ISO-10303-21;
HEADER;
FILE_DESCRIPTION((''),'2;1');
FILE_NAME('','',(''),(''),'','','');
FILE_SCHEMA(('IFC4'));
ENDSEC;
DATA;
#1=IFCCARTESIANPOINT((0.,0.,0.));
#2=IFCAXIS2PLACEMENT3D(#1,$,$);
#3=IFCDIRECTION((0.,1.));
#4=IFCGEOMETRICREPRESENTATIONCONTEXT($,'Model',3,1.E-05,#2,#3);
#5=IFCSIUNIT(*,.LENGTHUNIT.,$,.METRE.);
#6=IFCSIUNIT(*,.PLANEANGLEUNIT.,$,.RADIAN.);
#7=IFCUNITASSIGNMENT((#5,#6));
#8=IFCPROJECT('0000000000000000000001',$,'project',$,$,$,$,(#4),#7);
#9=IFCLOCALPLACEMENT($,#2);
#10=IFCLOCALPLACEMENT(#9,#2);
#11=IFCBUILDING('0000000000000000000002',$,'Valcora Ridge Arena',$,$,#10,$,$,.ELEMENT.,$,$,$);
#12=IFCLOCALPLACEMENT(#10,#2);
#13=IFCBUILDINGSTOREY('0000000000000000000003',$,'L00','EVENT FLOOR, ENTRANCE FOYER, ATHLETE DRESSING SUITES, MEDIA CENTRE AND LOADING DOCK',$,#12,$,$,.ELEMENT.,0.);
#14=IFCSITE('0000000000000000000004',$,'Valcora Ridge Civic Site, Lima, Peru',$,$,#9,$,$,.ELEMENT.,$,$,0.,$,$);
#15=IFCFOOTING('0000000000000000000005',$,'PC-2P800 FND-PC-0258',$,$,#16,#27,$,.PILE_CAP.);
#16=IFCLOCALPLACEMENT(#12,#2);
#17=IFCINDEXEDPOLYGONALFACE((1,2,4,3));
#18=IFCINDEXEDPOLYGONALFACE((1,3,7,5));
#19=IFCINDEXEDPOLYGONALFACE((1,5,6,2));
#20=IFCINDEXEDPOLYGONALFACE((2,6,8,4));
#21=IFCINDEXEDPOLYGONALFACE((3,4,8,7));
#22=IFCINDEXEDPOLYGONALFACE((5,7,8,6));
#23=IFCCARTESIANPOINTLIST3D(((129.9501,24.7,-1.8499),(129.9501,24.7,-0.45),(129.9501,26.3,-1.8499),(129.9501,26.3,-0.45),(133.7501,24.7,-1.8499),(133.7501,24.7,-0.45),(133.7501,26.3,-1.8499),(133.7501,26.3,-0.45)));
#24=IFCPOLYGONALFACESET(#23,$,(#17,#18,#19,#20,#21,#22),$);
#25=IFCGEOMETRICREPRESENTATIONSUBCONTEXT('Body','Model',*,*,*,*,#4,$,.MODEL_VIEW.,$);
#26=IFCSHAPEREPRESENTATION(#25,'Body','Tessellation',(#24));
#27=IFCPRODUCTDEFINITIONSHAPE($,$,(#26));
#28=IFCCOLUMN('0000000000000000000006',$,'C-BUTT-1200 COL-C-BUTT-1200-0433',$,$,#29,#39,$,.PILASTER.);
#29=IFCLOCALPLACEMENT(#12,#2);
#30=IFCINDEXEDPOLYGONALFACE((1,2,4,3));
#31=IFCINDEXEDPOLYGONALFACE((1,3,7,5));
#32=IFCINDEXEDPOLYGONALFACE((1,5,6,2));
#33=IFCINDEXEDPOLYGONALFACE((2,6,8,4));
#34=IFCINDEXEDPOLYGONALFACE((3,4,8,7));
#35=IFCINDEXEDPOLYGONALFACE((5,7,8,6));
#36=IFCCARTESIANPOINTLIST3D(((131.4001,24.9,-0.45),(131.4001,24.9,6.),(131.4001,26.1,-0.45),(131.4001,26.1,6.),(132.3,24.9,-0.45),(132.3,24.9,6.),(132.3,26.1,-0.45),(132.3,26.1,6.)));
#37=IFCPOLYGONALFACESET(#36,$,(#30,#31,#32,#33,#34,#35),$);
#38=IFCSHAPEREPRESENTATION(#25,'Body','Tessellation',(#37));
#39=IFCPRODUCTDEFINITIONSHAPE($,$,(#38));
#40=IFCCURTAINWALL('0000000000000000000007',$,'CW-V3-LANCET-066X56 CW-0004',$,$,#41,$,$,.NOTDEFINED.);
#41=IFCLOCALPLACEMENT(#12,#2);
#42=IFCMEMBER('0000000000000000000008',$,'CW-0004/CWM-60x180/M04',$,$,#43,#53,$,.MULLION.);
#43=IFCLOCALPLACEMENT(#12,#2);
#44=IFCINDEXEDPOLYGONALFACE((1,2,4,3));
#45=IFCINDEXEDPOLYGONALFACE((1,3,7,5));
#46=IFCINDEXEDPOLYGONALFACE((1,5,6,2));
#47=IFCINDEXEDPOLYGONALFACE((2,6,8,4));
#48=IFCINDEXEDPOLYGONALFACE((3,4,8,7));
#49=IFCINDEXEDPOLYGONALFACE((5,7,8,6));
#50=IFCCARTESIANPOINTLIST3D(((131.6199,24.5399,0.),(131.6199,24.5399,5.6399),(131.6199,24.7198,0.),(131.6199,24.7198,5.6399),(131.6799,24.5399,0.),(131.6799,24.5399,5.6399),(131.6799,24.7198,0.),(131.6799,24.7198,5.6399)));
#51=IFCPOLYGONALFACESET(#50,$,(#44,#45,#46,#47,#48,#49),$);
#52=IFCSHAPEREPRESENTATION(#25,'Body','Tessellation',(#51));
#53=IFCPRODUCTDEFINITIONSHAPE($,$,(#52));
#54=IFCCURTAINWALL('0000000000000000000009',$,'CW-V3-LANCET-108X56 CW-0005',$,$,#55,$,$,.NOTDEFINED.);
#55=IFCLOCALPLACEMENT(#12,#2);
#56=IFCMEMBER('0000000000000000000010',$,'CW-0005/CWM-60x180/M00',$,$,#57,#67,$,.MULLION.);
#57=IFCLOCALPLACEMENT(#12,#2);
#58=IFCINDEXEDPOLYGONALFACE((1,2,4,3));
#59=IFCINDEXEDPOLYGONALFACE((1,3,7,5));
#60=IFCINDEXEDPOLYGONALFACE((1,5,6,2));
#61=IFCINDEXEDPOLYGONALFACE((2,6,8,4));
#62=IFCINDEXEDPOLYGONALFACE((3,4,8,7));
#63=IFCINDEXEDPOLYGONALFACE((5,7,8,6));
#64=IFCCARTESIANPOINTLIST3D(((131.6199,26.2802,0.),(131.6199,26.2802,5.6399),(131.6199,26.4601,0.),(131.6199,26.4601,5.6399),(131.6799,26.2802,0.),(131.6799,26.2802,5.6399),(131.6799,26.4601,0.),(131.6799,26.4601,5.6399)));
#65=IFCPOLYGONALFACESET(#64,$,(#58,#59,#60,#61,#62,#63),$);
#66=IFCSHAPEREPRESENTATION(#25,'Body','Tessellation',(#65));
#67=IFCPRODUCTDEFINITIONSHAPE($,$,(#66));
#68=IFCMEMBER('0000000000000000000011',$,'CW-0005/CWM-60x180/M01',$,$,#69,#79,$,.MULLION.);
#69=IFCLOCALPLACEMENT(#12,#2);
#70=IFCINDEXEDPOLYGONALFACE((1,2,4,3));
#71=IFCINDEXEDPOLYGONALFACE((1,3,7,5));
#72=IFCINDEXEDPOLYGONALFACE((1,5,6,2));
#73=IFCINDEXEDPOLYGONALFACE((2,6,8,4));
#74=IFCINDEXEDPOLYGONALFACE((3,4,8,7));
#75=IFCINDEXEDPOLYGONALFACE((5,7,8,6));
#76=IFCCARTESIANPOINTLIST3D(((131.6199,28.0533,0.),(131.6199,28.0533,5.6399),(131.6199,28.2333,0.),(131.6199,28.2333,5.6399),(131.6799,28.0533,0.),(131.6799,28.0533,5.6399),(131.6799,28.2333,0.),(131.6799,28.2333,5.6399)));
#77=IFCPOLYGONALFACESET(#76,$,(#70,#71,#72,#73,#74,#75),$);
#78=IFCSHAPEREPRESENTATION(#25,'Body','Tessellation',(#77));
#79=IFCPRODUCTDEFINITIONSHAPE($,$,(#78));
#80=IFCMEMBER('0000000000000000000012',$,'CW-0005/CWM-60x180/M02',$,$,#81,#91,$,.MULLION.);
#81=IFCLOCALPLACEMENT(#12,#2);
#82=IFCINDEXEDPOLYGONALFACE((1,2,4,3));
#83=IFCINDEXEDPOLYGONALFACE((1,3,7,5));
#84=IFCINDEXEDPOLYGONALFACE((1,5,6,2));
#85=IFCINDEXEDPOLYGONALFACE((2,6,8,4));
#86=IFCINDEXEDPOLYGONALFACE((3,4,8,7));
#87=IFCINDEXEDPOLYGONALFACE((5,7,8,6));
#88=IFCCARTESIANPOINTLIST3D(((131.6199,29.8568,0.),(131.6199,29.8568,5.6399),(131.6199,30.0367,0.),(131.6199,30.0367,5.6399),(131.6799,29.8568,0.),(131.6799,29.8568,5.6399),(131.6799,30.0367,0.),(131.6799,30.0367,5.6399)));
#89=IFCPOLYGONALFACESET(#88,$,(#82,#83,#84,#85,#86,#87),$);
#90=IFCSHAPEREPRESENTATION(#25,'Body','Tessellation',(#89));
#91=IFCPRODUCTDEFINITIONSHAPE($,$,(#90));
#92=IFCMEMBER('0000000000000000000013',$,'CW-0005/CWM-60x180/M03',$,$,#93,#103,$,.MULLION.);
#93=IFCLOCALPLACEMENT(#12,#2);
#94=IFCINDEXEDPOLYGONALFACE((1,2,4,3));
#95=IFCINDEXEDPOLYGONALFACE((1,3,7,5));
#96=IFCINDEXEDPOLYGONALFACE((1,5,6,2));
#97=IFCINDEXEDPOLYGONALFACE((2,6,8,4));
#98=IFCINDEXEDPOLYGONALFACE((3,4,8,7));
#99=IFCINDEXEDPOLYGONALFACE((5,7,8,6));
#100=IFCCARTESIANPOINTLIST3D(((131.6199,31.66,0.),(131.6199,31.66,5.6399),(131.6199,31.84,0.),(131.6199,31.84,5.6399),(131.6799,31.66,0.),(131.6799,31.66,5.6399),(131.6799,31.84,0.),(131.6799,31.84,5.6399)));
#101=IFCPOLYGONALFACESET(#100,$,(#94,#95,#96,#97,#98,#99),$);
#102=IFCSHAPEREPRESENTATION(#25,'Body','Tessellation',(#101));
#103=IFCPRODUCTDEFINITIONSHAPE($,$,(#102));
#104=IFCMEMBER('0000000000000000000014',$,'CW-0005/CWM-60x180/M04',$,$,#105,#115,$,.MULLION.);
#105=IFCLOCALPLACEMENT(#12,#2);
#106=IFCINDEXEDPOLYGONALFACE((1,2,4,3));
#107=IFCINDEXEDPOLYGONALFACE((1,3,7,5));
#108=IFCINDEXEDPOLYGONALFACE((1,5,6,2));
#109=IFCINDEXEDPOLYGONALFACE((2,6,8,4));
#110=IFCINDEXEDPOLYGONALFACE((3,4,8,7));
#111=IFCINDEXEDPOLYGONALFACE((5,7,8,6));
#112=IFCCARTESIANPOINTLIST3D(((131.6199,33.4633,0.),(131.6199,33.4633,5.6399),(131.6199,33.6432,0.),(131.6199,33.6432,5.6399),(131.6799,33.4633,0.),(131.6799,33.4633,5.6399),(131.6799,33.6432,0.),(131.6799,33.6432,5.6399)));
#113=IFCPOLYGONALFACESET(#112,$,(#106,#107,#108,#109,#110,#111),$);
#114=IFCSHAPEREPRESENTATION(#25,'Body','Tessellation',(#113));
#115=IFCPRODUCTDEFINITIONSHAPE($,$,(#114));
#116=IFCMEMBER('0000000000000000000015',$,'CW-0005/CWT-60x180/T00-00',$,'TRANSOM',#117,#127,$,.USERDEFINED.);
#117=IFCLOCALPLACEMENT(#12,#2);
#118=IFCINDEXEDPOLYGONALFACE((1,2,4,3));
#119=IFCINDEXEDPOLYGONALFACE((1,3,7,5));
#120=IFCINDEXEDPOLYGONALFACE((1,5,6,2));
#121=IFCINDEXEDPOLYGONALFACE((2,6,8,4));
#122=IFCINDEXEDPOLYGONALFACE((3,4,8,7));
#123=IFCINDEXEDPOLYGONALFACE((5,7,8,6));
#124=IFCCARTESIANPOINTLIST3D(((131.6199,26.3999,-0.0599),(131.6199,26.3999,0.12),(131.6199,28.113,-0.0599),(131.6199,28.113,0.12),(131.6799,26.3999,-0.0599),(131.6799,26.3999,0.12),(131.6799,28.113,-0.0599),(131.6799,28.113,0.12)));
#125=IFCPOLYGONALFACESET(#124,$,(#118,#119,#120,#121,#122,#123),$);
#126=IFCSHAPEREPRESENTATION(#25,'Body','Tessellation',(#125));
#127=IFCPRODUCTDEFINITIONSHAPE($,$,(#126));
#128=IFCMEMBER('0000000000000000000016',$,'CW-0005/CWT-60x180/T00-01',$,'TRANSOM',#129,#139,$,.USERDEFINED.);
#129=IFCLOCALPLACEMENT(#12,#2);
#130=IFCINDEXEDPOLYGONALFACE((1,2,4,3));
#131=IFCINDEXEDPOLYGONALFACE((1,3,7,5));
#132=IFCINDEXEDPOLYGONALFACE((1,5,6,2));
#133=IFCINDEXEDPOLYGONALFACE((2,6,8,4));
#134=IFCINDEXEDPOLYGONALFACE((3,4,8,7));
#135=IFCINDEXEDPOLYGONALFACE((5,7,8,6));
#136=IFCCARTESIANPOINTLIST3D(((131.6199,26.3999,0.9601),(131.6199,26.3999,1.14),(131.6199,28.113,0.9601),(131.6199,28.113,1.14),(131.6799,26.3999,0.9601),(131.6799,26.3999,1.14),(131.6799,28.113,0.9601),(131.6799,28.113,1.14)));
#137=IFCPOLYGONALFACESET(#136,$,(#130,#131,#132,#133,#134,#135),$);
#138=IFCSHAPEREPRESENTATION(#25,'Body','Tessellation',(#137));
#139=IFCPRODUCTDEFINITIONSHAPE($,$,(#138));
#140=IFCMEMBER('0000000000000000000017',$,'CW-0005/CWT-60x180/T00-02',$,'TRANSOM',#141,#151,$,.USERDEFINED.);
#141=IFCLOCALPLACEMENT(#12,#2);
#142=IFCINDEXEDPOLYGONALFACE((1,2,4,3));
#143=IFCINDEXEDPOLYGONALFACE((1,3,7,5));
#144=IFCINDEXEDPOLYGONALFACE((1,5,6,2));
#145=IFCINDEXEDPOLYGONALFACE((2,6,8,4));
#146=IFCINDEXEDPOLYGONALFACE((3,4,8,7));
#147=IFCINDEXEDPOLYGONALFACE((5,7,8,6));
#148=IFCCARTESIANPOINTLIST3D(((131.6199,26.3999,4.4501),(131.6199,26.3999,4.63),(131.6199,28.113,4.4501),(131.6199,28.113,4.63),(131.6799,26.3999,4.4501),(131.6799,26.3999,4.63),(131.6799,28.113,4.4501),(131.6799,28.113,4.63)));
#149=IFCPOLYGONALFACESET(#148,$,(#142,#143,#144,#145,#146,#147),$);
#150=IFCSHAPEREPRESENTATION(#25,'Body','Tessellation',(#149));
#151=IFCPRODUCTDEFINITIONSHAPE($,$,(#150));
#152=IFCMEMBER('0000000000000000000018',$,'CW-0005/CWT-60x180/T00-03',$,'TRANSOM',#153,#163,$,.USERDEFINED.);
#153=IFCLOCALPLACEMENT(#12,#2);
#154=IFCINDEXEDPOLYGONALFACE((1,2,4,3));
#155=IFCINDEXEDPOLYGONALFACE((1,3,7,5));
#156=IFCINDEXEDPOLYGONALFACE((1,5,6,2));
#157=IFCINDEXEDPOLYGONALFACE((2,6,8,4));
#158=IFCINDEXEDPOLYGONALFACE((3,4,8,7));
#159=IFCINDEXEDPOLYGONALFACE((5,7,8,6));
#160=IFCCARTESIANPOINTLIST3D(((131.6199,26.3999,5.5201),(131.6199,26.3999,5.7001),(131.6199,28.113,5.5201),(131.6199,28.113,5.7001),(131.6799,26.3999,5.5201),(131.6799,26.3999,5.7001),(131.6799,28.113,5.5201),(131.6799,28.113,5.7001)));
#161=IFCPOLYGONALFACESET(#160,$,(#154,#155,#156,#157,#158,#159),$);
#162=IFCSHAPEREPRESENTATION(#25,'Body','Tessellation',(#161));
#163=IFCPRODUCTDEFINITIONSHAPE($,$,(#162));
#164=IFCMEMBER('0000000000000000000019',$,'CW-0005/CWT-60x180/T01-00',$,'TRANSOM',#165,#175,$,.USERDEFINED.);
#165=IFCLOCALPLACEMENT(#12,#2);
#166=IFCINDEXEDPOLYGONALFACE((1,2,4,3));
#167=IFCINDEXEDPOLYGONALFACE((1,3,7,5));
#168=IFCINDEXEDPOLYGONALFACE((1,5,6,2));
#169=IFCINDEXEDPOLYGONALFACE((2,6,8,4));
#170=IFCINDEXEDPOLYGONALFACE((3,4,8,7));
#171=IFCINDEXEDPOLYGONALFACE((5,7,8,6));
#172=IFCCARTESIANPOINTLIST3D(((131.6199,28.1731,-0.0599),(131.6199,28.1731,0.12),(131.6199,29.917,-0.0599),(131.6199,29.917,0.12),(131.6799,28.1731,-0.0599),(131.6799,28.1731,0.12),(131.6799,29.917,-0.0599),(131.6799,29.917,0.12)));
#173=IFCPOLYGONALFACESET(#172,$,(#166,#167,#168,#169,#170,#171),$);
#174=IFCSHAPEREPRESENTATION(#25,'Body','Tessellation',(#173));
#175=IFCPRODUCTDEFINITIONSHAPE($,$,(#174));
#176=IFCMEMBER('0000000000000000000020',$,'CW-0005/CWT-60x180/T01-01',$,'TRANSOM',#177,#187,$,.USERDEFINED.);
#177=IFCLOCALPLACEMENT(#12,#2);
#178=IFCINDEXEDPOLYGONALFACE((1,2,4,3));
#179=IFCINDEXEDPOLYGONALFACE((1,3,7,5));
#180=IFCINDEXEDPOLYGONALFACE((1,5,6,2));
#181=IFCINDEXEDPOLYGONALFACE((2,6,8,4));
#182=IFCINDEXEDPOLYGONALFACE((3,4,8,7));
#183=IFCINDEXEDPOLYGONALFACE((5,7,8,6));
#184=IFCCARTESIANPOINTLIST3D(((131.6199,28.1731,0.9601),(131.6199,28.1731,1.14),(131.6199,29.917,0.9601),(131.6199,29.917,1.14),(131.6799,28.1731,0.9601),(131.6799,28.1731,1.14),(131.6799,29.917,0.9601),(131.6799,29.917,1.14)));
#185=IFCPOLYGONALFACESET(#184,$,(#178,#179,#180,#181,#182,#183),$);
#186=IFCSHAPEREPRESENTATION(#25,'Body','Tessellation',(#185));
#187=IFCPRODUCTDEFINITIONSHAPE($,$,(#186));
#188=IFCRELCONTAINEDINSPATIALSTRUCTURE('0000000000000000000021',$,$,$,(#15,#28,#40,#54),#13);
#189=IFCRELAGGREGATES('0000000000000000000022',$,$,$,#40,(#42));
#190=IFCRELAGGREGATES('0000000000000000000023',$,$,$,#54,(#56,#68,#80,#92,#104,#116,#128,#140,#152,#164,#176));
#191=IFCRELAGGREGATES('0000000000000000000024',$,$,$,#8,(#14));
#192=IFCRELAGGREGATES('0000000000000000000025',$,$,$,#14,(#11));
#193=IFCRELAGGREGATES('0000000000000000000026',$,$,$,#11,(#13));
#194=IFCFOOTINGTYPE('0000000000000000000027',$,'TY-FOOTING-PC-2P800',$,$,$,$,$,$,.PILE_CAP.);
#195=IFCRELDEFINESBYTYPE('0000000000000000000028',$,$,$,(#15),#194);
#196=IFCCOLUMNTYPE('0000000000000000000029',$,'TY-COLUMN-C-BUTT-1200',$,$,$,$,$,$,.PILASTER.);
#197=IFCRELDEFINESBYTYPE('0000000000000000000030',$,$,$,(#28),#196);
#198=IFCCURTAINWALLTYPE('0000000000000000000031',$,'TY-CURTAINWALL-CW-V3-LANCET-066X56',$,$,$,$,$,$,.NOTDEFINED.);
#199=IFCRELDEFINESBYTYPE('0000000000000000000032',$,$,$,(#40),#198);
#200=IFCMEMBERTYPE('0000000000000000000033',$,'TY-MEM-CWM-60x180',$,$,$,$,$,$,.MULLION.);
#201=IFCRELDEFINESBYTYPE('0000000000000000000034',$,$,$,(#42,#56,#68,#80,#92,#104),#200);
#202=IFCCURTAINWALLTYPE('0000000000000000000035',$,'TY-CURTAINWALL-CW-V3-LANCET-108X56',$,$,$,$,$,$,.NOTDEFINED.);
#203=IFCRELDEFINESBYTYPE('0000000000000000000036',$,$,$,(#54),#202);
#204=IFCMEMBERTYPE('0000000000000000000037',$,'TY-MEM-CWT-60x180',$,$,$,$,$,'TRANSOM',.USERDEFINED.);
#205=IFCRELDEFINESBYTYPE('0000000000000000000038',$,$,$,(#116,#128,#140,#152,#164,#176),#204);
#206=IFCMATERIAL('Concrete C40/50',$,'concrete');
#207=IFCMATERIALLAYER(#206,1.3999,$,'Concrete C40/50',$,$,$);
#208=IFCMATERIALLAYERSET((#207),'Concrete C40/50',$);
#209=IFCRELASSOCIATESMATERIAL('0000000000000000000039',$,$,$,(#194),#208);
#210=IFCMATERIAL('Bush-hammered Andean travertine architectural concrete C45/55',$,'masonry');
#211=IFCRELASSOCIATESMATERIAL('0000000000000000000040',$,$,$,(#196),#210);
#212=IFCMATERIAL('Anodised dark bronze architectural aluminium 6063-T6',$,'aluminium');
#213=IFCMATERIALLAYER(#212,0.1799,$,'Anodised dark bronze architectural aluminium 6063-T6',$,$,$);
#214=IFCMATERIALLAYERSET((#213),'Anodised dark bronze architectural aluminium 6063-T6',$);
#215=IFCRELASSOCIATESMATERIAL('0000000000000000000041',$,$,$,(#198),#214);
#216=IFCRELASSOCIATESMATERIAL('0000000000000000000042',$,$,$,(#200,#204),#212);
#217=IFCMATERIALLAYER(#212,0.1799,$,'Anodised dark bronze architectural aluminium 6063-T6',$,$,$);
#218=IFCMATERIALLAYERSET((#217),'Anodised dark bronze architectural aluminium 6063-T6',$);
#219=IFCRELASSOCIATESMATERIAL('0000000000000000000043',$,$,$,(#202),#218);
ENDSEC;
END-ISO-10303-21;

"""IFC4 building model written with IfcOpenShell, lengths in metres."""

from ifc_helpers import new_model, si_unit, direction, frame, origin, origin_2d, place, context, subcontext, project, spatial, rectangle, extrude, material, layer, layer_set, material_profile, profile_set, type_object, element, aggregate, save


model = new_model("IFC4")

# Units and contexts
model_context = context("Model", 3, precision=1e-05, world=origin(), true_north=direction((0.0, 1.0)))
body_context = subcontext(model_context, "Body", "Model", "MODEL_VIEW")
ifc_project = project(units=[si_unit("LENGTHUNIT", "METRE"), si_unit("PLANEANGLEUNIT", "RADIAN")], contexts=[model_context])

# Site, building, storey
site_placement = place(None, origin())
site = spatial("IfcSite", under=ifc_project, at=site_placement, Name="Valcora Ridge Civic Site, Lima, Peru", CompositionType="ELEMENT", RefElevation=0.0)
building_placement = place(site_placement, origin())
building = spatial("IfcBuilding", under=site, at=building_placement, Name="Valcora Ridge Arena", CompositionType="ELEMENT")
storey_placement = place(building_placement, origin())
storey = spatial("IfcBuildingStorey", under=building, at=storey_placement, Name="L00", Description="EVENT FLOOR, ENTRANCE FOYER, ATHLETE DRESSING SUITES, MEDIA CENTRE AND LOADING DOCK", CompositionType="ELEMENT", Elevation=0.0)

# Footing
ifc_material_1 = material(Name="Concrete C40/50", Category="concrete")
ifc_layer_1 = layer(ifc_material_1, 1.3999, Name="Concrete C40/50")
ifc_layer_set_1 = layer_set([ifc_layer_1], Name="Concrete C40/50")
footing_type = type_object("IfcFootingType", Name="TY-FOOTING-PC-2P800", PredefinedType="PILE_CAP", material=ifc_layer_set_1)
footing_placement = place(storey_placement, frame((131.8501, 25.5, -1.8499), z_axis=(0.0, 0.0, 1.0), x_axis=(1.0, 0.0, 0.0)))
element("IfcFooting", 1, at=footing_placement, inside=storey, type_object=footing_type, Name="PC-2P800 FND-PC-0258", PredefinedType="PILE_CAP", context=body_context, shape_type="SweptSolid", body=[
    extrude(rectangle(XDim=3.8, YDim=1.6001, at=origin_2d()), origin(), (0.0, 0.0, 1.0), 1.3999),
])

# Column
ifc_material_2 = material(Name="Bush-hammered Andean travertine architectural concrete C45/55", Category="masonry")
ifc_material_profile_1 = material_profile(ifc_material_2, rectangle(XDim=0.8999, YDim=1.2, at=origin_2d()), Name="RC 900x1200")
ifc_profile_set_1 = profile_set([ifc_material_profile_1], Name="Bush-hammered Andean travertine architectural concrete C45/55")
column_type = type_object("IfcColumnType", Name="TY-COLUMN-C-BUTT-1200", PredefinedType="PILASTER", material=ifc_profile_set_1)
column_placement = place(storey_placement, frame((131.8501, 25.5, -0.45), z_axis=(0.0, 0.0, 1.0), x_axis=(1.0, 0.0, 0.0)))
element("IfcColumn", 2, at=column_placement, inside=storey, type_object=column_type, Name="C-BUTT-1200 COL-C-BUTT-1200-0433", PredefinedType="PILASTER", context=body_context, shape_type="SweptSolid", body=[
    extrude(rectangle(XDim=0.8999, YDim=1.2, at=origin_2d()), origin(), (0.0, 0.0, 1.0), 6.45),
])

# Curtain wall, member
ifc_material_3 = material(Name="Anodised dark bronze architectural aluminium 6063-T6", Category="aluminium")
ifc_layer_2 = layer(ifc_material_3, 0.1799, Name="Anodised dark bronze architectural aluminium 6063-T6")
ifc_layer_set_2 = layer_set([ifc_layer_2], Name="Anodised dark bronze architectural aluminium 6063-T6")
curtain_wall_type_1 = type_object("IfcCurtainWallType", Name="TY-CURTAINWALL-CW-V3-LANCET-066X56", PredefinedType="NOTDEFINED", material=ifc_layer_set_2)
curtain_wall_1_placement = place(storey_placement, origin())
curtain_wall_1 = element("IfcCurtainWall", 3, at=curtain_wall_1_placement, inside=storey, type_object=curtain_wall_type_1, Name="CW-V3-LANCET-066X56 CW-0004", PredefinedType="NOTDEFINED")
ifc_material_profile_2 = material_profile(ifc_material_3, rectangle(XDim=0.0601, YDim=0.1799, at=origin_2d()), Name="ALU MULLION 60x180")
ifc_profile_set_2 = profile_set([ifc_material_profile_2], Name="Anodised dark bronze architectural aluminium 6063-T6")
member_type_1 = type_object("IfcMemberType", Name="TY-MEM-CWM-60x180", PredefinedType="MULLION", material=ifc_profile_set_2)
member_1_placement = place(storey_placement, frame((131.6499, 24.6299, 0.0), z_axis=(0.0, 0.0, 1.0), x_axis=(-1.0, 0.0, 0.0)))
member_1 = element("IfcMember", 4, at=member_1_placement, type_object=member_type_1, Name="CW-0004/CWM-60x180/M04", PredefinedType="MULLION", context=body_context, shape_type="SweptSolid", body=[
    extrude(rectangle(XDim=0.0601, YDim=0.1799, at=origin_2d()), origin(), (0.0, 0.0, 1.0), 5.6399),
])

# Curtain wall, members
ifc_layer_3 = layer(ifc_material_3, 0.1799, Name="Anodised dark bronze architectural aluminium 6063-T6")
ifc_layer_set_3 = layer_set([ifc_layer_3], Name="Anodised dark bronze architectural aluminium 6063-T6")
curtain_wall_type_2 = type_object("IfcCurtainWallType", Name="TY-CURTAINWALL-CW-V3-LANCET-108X56", PredefinedType="NOTDEFINED", material=ifc_layer_set_3)
curtain_wall_2_placement = place(storey_placement, origin())
curtain_wall_2 = element("IfcCurtainWall", 5, at=curtain_wall_2_placement, inside=storey, type_object=curtain_wall_type_2, Name="CW-V3-LANCET-108X56 CW-0005", PredefinedType="NOTDEFINED")
member_2_placement = place(storey_placement, frame((131.6499, 26.3701, 0.0), z_axis=(0.0, 0.0, 1.0), x_axis=(-1.0, 0.0, 0.0)))
member_2 = element("IfcMember", 6, at=member_2_placement, type_object=member_type_1, Name="CW-0005/CWM-60x180/M00", PredefinedType="MULLION", context=body_context, shape_type="SweptSolid", body=[
    extrude(rectangle(XDim=0.0601, YDim=0.1799, at=origin_2d()), origin(), (0.0, 0.0, 1.0), 5.6399),
])
member_3_placement = place(storey_placement, frame((131.6499, 28.1433, 0.0), z_axis=(0.0, 0.0, 1.0), x_axis=(-1.0, 0.0, 0.0)))
member_3 = element("IfcMember", 7, at=member_3_placement, type_object=member_type_1, Name="CW-0005/CWM-60x180/M01", PredefinedType="MULLION", context=body_context, shape_type="SweptSolid", body=[
    extrude(rectangle(XDim=0.0601, YDim=0.1799, at=origin_2d()), origin(), (0.0, 0.0, 1.0), 5.6399),
])
member_4_placement = place(storey_placement, frame((131.6499, 29.9468, 0.0), z_axis=(0.0, 0.0, 1.0), x_axis=(-1.0, 0.0, 0.0)))
member_4 = element("IfcMember", 8, at=member_4_placement, type_object=member_type_1, Name="CW-0005/CWM-60x180/M02", PredefinedType="MULLION", context=body_context, shape_type="SweptSolid", body=[
    extrude(rectangle(XDim=0.0601, YDim=0.1799, at=origin_2d()), origin(), (0.0, 0.0, 1.0), 5.6399),
])
member_5_placement = place(storey_placement, frame((131.6499, 31.75, 0.0), z_axis=(0.0, 0.0, 1.0), x_axis=(-1.0, 0.0, 0.0)))
member_5 = element("IfcMember", 9, at=member_5_placement, type_object=member_type_1, Name="CW-0005/CWM-60x180/M03", PredefinedType="MULLION", context=body_context, shape_type="SweptSolid", body=[
    extrude(rectangle(XDim=0.0601, YDim=0.1799, at=origin_2d()), origin(), (0.0, 0.0, 1.0), 5.6399),
])
member_6_placement = place(storey_placement, frame((131.6499, 33.5532, 0.0), z_axis=(0.0, 0.0, 1.0), x_axis=(-1.0, 0.0, 0.0)))
member_6 = element("IfcMember", 10, at=member_6_placement, type_object=member_type_1, Name="CW-0005/CWM-60x180/M04", PredefinedType="MULLION", context=body_context, shape_type="SweptSolid", body=[
    extrude(rectangle(XDim=0.0601, YDim=0.1799, at=origin_2d()), origin(), (0.0, 0.0, 1.0), 5.6399),
])
ifc_material_profile_3 = material_profile(ifc_material_3, rectangle(XDim=0.0601, YDim=0.1799, at=origin_2d()), Name="ALU TRANSOM 60x180")
ifc_profile_set_3 = profile_set([ifc_material_profile_3], Name="Anodised dark bronze architectural aluminium 6063-T6")
member_type_2 = type_object("IfcMemberType", Name="TY-MEM-CWT-60x180", ElementType="TRANSOM", PredefinedType="USERDEFINED", material=ifc_profile_set_3)
member_7_placement = place(storey_placement, frame((131.6499, 26.3999, 0.03), z_axis=(0.0, 1.0, 0.0), x_axis=(-1.0, 0.0, 0.0)))
member_7 = element("IfcMember", 11, at=member_7_placement, type_object=member_type_2, Name="CW-0005/CWT-60x180/T00-00", ObjectType="TRANSOM", PredefinedType="USERDEFINED", context=body_context, shape_type="SweptSolid", body=[
    extrude(rectangle(XDim=0.0601, YDim=0.1799, at=origin_2d()), origin(), (0.0, 0.0, 1.0), 1.7131),
])
member_8_placement = place(storey_placement, frame((131.6499, 26.3999, 1.05), z_axis=(0.0, 1.0, 0.0), x_axis=(-1.0, 0.0, 0.0)))
member_8 = element("IfcMember", 12, at=member_8_placement, type_object=member_type_2, Name="CW-0005/CWT-60x180/T00-01", ObjectType="TRANSOM", PredefinedType="USERDEFINED", context=body_context, shape_type="SweptSolid", body=[
    extrude(rectangle(XDim=0.0601, YDim=0.1799, at=origin_2d()), origin(), (0.0, 0.0, 1.0), 1.7131),
])
member_9_placement = place(storey_placement, frame((131.6499, 26.3999, 4.54), z_axis=(0.0, 1.0, 0.0), x_axis=(-1.0, 0.0, 0.0)))
member_9 = element("IfcMember", 13, at=member_9_placement, type_object=member_type_2, Name="CW-0005/CWT-60x180/T00-02", ObjectType="TRANSOM", PredefinedType="USERDEFINED", context=body_context, shape_type="SweptSolid", body=[
    extrude(rectangle(XDim=0.0601, YDim=0.1799, at=origin_2d()), origin(), (0.0, 0.0, 1.0), 1.7131),
])
member_10_placement = place(storey_placement, frame((131.6499, 26.3999, 5.6101), z_axis=(0.0, 1.0, 0.0), x_axis=(-1.0, 0.0, 0.0)))
member_10 = element("IfcMember", 14, at=member_10_placement, type_object=member_type_2, Name="CW-0005/CWT-60x180/T00-03", ObjectType="TRANSOM", PredefinedType="USERDEFINED", context=body_context, shape_type="SweptSolid", body=[
    extrude(rectangle(XDim=0.0601, YDim=0.1799, at=origin_2d()), origin(), (0.0, 0.0, 1.0), 1.7131),
])
member_11_placement = place(storey_placement, frame((131.6499, 28.1731, 0.03), z_axis=(0.0, 1.0, 0.0), x_axis=(-1.0, 0.0, 0.0)))
member_11 = element("IfcMember", 15, at=member_11_placement, type_object=member_type_2, Name="CW-0005/CWT-60x180/T01-00", ObjectType="TRANSOM", PredefinedType="USERDEFINED", context=body_context, shape_type="SweptSolid", body=[
    extrude(rectangle(XDim=0.0601, YDim=0.1799, at=origin_2d()), origin(), (0.0, 0.0, 1.0), 1.7439),
])
member_12_placement = place(storey_placement, frame((131.6499, 28.1731, 1.05), z_axis=(0.0, 1.0, 0.0), x_axis=(-1.0, 0.0, 0.0)))
member_12 = element("IfcMember", 16, at=member_12_placement, type_object=member_type_2, Name="CW-0005/CWT-60x180/T01-01", ObjectType="TRANSOM", PredefinedType="USERDEFINED", context=body_context, shape_type="SweptSolid", body=[
    extrude(rectangle(XDim=0.0601, YDim=0.1799, at=origin_2d()), origin(), (0.0, 0.0, 1.0), 1.7439),
])

aggregate(curtain_wall_1, [member_1])
aggregate(curtain_wall_2, [member_2, member_3, member_4, member_5, member_6, member_7, member_8, member_9, member_10, member_11, member_12])

save(model, "model.ifc")
